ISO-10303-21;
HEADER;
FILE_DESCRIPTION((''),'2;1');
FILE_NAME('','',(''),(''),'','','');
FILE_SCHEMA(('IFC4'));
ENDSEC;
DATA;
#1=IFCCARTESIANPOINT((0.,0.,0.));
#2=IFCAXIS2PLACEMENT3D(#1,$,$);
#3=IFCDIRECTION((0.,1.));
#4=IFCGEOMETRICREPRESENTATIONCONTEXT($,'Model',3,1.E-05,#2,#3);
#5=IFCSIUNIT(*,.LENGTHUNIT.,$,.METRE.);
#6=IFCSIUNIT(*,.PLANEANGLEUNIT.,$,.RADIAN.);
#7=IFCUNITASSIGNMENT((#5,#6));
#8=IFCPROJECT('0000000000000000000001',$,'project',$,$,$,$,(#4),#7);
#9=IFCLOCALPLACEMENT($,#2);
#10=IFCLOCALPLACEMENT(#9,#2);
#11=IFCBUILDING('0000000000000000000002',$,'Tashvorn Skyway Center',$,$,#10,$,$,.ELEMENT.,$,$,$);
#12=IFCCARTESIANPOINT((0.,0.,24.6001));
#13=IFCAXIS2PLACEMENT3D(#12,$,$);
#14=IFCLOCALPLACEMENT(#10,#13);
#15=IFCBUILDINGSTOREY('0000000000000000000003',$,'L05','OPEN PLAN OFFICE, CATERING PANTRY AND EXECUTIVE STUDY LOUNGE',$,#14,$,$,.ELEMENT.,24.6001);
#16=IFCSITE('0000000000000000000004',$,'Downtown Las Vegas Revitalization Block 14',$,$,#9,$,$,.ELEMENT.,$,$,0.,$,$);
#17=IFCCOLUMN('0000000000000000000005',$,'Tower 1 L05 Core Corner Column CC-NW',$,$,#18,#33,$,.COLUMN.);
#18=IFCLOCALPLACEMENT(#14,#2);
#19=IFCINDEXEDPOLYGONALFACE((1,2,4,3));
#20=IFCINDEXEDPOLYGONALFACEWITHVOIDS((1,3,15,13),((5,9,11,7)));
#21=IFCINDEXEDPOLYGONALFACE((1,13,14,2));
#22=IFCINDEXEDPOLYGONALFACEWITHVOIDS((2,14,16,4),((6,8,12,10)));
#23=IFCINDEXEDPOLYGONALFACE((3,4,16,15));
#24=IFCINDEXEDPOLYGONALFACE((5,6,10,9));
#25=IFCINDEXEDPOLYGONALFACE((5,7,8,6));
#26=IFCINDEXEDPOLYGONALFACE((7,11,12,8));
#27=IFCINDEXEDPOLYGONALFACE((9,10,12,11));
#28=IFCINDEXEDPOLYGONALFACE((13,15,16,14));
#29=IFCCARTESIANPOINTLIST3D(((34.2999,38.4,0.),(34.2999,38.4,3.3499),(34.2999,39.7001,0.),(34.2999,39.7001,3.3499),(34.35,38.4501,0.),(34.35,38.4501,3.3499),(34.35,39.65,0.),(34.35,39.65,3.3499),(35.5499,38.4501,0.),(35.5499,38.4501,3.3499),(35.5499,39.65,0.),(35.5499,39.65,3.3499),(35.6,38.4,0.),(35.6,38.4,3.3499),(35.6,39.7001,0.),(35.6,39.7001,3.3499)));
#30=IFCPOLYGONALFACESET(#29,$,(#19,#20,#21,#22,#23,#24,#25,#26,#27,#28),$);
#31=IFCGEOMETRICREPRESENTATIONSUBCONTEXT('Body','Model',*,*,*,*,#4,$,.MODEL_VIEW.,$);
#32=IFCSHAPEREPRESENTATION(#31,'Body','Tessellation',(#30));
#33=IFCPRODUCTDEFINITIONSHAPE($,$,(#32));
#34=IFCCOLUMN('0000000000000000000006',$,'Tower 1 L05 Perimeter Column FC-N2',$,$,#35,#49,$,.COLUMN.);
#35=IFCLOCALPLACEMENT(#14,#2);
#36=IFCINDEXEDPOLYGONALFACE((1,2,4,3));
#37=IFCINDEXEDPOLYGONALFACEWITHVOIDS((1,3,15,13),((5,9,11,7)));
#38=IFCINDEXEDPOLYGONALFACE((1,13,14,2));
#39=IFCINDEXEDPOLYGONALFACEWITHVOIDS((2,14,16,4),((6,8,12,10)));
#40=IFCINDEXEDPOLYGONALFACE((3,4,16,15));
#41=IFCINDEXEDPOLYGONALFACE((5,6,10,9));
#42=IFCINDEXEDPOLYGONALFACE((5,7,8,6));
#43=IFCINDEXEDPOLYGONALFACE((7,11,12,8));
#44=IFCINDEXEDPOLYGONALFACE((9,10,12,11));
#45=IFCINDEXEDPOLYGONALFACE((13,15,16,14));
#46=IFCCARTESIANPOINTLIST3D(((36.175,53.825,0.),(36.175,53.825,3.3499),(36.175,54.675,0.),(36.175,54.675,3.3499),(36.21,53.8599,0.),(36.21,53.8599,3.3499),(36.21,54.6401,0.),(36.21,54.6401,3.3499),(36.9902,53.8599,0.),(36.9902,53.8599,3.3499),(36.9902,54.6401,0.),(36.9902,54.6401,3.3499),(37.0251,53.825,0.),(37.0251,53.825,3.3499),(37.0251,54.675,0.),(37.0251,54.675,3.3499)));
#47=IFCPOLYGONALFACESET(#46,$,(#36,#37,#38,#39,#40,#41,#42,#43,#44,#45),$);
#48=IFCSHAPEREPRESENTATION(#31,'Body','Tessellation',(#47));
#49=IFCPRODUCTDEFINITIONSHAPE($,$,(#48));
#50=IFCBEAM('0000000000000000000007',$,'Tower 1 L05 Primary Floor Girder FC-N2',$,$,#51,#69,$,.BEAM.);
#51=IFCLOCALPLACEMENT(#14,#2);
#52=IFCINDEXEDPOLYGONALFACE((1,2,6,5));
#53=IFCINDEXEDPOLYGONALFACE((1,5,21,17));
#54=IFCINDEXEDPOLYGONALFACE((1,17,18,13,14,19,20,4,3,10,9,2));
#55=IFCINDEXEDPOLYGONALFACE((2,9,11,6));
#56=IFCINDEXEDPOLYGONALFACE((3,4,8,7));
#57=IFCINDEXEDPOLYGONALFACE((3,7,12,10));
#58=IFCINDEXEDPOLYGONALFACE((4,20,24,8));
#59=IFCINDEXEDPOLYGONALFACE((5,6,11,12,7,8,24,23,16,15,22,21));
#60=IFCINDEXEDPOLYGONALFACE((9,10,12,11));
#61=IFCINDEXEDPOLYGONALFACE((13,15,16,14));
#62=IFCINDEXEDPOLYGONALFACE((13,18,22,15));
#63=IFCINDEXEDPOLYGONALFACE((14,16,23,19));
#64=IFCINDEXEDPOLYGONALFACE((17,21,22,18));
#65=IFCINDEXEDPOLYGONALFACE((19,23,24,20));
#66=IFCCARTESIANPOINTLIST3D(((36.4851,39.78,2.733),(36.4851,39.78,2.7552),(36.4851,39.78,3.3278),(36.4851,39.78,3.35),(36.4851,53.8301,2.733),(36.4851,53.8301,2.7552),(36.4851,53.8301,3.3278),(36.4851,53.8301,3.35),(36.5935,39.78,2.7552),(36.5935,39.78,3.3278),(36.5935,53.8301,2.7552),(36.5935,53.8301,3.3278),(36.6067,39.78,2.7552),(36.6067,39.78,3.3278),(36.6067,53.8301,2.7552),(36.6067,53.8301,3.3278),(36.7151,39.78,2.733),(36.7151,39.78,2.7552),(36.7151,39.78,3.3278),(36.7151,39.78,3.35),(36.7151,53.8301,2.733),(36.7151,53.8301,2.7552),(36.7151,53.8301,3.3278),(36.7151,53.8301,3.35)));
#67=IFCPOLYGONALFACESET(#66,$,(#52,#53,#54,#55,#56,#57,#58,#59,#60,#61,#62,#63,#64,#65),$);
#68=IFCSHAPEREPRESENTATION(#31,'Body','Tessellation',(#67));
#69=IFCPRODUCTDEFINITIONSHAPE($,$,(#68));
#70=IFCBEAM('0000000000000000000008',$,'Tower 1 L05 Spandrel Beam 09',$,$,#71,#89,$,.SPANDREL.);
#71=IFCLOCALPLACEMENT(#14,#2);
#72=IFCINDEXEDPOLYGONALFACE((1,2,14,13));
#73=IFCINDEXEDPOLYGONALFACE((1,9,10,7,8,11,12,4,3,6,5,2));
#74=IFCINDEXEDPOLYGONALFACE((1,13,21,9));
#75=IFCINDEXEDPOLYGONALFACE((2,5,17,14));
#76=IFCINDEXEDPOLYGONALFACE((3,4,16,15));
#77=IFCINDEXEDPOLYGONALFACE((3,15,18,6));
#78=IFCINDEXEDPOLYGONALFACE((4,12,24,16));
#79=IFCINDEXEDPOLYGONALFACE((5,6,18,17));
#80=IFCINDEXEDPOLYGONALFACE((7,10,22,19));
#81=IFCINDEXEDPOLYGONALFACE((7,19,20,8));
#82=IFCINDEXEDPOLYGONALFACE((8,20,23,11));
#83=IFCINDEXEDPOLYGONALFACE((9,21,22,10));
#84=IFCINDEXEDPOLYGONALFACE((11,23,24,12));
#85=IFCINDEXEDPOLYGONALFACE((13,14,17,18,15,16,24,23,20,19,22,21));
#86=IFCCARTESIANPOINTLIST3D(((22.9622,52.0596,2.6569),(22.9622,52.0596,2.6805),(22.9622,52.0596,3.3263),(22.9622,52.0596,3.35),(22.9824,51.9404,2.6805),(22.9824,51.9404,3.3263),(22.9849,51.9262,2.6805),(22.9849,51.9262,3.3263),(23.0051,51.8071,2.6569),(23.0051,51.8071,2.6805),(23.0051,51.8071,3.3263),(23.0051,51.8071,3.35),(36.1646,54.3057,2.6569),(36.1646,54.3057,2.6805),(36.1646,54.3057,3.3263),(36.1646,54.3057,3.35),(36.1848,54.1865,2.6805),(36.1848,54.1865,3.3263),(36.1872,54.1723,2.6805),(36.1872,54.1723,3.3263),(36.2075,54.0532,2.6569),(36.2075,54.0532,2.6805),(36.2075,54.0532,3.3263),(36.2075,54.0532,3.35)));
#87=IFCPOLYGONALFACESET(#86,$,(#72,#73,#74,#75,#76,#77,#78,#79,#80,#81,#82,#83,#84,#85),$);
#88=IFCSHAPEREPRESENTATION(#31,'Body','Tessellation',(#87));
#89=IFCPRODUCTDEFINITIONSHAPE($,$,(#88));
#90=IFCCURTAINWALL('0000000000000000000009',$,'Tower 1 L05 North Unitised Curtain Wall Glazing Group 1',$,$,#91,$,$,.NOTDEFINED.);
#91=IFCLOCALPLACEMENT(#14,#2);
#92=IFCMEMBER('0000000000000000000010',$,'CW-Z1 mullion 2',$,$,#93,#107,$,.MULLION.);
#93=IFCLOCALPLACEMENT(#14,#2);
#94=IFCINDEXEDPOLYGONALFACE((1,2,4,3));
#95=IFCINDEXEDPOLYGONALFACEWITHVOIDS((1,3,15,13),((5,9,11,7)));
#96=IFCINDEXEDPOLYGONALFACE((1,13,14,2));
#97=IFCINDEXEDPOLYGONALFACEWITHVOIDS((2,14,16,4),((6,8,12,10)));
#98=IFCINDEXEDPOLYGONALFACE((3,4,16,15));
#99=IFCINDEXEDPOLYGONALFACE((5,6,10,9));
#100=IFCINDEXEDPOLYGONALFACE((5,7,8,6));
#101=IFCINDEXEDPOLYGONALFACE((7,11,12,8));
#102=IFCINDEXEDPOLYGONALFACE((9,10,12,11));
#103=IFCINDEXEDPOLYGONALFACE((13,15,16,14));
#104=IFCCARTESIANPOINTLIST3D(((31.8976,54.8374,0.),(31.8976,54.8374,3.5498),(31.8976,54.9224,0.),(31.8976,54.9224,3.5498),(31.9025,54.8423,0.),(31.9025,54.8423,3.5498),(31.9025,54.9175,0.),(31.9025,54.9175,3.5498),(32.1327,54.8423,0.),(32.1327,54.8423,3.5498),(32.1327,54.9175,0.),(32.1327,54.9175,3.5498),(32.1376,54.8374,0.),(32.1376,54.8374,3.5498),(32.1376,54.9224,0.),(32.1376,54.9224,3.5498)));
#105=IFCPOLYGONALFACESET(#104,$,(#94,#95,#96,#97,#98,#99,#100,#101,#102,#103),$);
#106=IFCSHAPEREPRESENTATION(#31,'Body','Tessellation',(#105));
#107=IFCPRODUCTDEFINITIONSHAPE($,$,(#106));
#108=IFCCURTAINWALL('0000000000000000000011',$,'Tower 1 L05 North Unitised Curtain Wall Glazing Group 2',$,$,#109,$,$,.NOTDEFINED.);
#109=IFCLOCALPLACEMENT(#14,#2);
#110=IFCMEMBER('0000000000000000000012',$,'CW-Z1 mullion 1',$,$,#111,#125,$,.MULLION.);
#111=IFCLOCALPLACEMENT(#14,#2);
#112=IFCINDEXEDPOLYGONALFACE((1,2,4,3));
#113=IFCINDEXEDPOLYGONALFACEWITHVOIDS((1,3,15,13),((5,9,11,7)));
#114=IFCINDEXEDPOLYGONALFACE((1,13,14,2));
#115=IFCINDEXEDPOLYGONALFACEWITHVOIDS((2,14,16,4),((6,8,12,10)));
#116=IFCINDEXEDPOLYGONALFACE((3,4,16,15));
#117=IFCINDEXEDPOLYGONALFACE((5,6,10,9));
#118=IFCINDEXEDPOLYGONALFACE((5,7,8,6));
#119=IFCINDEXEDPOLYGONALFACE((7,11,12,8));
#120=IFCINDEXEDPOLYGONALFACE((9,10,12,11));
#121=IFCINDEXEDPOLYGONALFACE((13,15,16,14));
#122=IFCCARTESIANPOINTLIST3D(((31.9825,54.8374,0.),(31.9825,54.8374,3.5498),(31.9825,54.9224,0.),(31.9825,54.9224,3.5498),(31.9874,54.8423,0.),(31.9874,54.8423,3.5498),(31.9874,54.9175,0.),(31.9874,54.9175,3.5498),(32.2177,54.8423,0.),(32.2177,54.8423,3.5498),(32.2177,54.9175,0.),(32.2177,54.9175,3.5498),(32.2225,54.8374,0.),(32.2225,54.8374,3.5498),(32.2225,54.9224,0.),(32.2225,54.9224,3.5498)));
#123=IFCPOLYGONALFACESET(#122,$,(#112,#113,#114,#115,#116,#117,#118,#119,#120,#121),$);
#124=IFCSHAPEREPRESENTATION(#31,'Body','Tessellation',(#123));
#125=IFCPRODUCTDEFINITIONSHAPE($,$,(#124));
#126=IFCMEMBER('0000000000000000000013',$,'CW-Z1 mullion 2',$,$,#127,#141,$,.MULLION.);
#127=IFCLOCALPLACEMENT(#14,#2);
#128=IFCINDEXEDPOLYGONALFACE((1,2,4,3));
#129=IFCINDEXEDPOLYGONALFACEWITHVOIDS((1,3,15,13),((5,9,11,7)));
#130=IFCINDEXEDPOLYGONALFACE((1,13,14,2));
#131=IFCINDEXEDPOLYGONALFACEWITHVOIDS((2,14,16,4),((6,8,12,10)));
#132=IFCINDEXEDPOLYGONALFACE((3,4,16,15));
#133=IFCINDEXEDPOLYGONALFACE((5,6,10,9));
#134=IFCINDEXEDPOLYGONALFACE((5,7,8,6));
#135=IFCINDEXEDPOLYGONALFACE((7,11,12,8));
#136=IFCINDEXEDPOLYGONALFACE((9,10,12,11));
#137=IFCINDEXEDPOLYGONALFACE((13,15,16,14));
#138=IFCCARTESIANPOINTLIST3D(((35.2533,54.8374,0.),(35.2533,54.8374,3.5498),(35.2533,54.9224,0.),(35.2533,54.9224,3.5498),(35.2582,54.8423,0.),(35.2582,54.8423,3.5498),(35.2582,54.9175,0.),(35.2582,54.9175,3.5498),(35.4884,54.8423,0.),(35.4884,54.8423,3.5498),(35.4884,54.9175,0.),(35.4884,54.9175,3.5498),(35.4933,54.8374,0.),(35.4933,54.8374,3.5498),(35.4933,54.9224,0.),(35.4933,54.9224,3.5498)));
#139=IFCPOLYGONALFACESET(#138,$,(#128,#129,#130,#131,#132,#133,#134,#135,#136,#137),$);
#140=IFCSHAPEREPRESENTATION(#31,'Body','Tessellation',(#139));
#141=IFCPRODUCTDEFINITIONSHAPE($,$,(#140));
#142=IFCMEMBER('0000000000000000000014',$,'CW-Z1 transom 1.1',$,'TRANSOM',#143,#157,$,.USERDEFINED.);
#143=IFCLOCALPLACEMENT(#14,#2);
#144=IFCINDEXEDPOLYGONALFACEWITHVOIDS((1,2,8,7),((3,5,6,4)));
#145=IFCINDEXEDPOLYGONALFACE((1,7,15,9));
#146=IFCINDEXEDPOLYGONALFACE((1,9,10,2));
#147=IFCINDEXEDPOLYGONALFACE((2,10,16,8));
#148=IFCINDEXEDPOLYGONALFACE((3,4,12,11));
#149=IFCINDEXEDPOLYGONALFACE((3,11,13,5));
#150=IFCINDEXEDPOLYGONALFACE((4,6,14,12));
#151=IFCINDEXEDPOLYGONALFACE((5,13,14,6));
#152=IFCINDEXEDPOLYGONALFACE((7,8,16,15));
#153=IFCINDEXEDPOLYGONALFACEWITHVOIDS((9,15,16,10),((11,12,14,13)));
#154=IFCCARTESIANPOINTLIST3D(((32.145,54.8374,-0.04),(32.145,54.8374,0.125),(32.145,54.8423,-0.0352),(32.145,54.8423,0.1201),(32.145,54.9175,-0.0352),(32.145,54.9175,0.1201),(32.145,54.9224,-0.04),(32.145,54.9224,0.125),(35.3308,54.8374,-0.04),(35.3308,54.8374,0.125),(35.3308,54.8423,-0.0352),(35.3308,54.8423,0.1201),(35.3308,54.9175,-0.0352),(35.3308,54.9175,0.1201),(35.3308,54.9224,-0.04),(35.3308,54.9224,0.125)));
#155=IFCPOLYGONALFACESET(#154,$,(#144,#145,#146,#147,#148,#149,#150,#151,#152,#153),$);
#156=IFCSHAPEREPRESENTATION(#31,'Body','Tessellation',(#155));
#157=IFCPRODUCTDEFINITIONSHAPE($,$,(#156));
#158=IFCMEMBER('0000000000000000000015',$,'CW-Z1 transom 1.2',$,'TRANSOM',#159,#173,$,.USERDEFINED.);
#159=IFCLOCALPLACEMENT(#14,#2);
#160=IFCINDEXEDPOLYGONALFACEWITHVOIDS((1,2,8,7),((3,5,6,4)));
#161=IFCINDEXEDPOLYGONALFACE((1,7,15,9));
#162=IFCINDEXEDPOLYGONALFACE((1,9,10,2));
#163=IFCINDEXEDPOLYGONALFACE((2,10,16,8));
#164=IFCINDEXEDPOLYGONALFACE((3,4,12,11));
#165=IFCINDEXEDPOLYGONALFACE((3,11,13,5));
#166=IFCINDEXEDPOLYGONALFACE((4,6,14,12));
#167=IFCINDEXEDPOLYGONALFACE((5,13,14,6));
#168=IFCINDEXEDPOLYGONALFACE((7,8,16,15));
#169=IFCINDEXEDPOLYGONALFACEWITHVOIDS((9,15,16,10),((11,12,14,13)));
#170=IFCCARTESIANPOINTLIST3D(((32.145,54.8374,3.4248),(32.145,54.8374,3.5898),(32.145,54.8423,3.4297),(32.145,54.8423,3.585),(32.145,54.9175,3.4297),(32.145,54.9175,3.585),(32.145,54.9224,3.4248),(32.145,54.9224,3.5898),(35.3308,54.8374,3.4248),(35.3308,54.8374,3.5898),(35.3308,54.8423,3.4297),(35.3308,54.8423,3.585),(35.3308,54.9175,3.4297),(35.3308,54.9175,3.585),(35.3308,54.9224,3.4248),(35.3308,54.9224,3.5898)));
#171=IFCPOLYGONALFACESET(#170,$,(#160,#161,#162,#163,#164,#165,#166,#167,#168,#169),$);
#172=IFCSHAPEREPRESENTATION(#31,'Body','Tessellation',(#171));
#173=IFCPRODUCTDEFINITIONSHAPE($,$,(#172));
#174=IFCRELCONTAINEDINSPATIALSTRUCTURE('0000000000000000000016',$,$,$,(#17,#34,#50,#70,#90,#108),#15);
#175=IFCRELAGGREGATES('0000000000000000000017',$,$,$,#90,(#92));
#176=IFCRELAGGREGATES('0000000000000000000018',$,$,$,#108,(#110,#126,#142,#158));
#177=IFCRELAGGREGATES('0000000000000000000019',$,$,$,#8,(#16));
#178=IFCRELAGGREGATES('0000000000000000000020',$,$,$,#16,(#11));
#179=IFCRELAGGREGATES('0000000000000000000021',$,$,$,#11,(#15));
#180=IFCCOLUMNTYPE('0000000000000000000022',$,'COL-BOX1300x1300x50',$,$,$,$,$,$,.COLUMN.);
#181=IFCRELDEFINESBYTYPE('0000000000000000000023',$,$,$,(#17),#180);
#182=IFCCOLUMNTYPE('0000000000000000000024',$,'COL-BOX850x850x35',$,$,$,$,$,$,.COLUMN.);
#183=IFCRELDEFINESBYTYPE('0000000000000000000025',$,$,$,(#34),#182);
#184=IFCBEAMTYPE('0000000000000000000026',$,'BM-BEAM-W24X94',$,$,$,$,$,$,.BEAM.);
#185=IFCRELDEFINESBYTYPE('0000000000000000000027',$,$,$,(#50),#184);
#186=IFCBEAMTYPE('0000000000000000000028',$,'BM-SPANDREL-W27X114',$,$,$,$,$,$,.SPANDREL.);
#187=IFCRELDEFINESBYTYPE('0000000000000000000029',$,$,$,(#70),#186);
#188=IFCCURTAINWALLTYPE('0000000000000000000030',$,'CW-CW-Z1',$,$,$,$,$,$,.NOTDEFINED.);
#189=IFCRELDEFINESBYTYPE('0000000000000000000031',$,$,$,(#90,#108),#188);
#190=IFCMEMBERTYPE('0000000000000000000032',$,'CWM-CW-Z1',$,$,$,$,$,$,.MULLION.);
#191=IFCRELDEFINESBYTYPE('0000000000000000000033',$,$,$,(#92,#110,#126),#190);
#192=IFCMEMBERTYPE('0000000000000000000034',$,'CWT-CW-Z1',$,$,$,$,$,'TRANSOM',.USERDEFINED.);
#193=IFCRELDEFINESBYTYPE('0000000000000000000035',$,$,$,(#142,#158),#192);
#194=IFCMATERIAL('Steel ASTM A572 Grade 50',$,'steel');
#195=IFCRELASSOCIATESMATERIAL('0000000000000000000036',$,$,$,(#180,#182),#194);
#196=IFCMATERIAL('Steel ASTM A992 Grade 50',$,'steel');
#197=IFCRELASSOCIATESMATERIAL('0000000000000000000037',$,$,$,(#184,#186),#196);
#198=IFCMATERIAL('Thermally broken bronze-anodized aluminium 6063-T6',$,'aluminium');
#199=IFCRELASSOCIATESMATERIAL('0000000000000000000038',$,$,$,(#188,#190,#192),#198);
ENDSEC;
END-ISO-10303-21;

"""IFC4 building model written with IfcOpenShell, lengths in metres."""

from ifc_helpers import new_model, si_unit, direction, frame, origin, origin_2d, place, context, subcontext, project, spatial, hollow_rectangle, i_section, extrude, material, material_profile, profile_set, type_object, element, aggregate, save


model = new_model("IFC4")

# Units and contexts
model_context = context("Model", 3, precision=1e-05, world=origin(), true_north=direction((0.0, 1.0)))
body_context = subcontext(model_context, "Body", "Model", "MODEL_VIEW")
ifc_project = project(units=[si_unit("LENGTHUNIT", "METRE"), si_unit("PLANEANGLEUNIT", "RADIAN")], contexts=[model_context])

# Site, building, storey
site_placement = place(None, origin())
site = spatial("IfcSite", under=ifc_project, at=site_placement, Name="Downtown Las Vegas Revitalization Block 14", CompositionType="ELEMENT", RefElevation=0.0)
building_placement = place(site_placement, origin())
building = spatial("IfcBuilding", under=site, at=building_placement, Name="Tashvorn Skyway Center", CompositionType="ELEMENT")
storey_placement = place(building_placement, frame((0.0, 0.0, 24.6001)))
storey = spatial("IfcBuildingStorey", under=building, at=storey_placement, Name="L05", Description="OPEN PLAN OFFICE, CATERING PANTRY AND EXECUTIVE STUDY LOUNGE", CompositionType="ELEMENT", Elevation=24.6001)

# Columns
ifc_material_1 = material(Name="Steel ASTM A572 Grade 50", Category="steel")
ifc_material_profile_1 = material_profile(ifc_material_1, hollow_rectangle(XDim=1.3, YDim=1.3, WallThickness=0.05, at=origin_2d()), Name="BOX1300x1300x50")
ifc_profile_set_1 = profile_set([ifc_material_profile_1], Name="Steel ASTM A572 Grade 50")
column_type_1 = type_object("IfcColumnType", Name="COL-BOX1300x1300x50", PredefinedType="COLUMN", material=ifc_profile_set_1)
column_1_placement = place(storey_placement, frame((34.95, 39.05, 0.0), z_axis=(0.0, 0.0, 1.0), x_axis=(1.0, 0.0, 0.0)))
element("IfcColumn", 1, at=column_1_placement, inside=storey, type_object=column_type_1, Name="Tower 1 L05 Core Corner Column CC-NW", PredefinedType="COLUMN", context=body_context, shape_type="SweptSolid", body=[
    extrude(hollow_rectangle(XDim=1.3, YDim=1.3, WallThickness=0.05, at=origin_2d()), origin(), (0.0, 0.0, 1.0), 3.3499),
])
ifc_material_profile_2 = material_profile(ifc_material_1, hollow_rectangle(XDim=0.8501, YDim=0.8501, WallThickness=0.0349, at=origin_2d()), Name="BOX850x850x35")
ifc_profile_set_2 = profile_set([ifc_material_profile_2], Name="Steel ASTM A572 Grade 50")
column_type_2 = type_object("IfcColumnType", Name="COL-BOX850x850x35", PredefinedType="COLUMN", material=ifc_profile_set_2)
column_2_placement = place(storey_placement, frame((36.6001, 54.25, 0.0), z_axis=(0.0, 0.0, 1.0), x_axis=(1.0, 0.0, 0.0)))
element("IfcColumn", 2, at=column_2_placement, inside=storey, type_object=column_type_2, Name="Tower 1 L05 Perimeter Column FC-N2", PredefinedType="COLUMN", context=body_context, shape_type="SweptSolid", body=[
    extrude(hollow_rectangle(XDim=0.8501, YDim=0.8501, WallThickness=0.0349, at=origin_2d()), origin(), (0.0, 0.0, 1.0), 3.3499),
])

# Beams
ifc_material_2 = material(Name="Steel ASTM A992 Grade 50", Category="steel")
ifc_material_profile_3 = material_profile(ifc_material_2, i_section(OverallWidth=0.23, OverallDepth=0.6169, WebThickness=0.0132, FlangeThickness=0.0222, at=origin_2d()), Name="W24X94")
ifc_profile_set_3 = profile_set([ifc_material_profile_3], Name="Steel ASTM A992 Grade 50")
beam_type_1 = type_object("IfcBeamType", Name="BM-BEAM-W24X94", PredefinedType="BEAM", material=ifc_profile_set_3)
beam_1_placement = place(storey_placement, frame((36.6001, 53.8301, 3.0415), z_axis=(0.0, -1.0, 0.0), x_axis=(1.0, 0.0, 0.0)))
element("IfcBeam", 3, at=beam_1_placement, inside=storey, type_object=beam_type_1, Name="Tower 1 L05 Primary Floor Girder FC-N2", PredefinedType="BEAM", context=body_context, shape_type="SweptSolid", body=[
    extrude(i_section(OverallWidth=0.23, OverallDepth=0.6169, WebThickness=0.0132, FlangeThickness=0.0222, at=origin_2d()), origin(), (0.0, 0.0, 1.0), 14.05),
])
ifc_material_profile_4 = material_profile(ifc_material_2, i_section(OverallWidth=0.2561, OverallDepth=0.6931, WebThickness=0.0144, FlangeThickness=0.0237, at=origin_2d()), Name="W27X114")
ifc_profile_set_4 = profile_set([ifc_material_profile_4], Name="Steel ASTM A992 Grade 50")
beam_type_2 = type_object("IfcBeamType", Name="BM-SPANDREL-W27X114", PredefinedType="SPANDREL", material=ifc_profile_set_4)
beam_2_placement = place(storey_placement, frame((36.186, 54.1794, 3.0034), z_axis=(-0.985835, -0.167718, 0.0), x_axis=(0.167718, -0.985835, 0.0)))
element("IfcBeam", 4, at=beam_2_placement, inside=storey, type_object=beam_type_2, Name="Tower 1 L05 Spandrel Beam 09", PredefinedType="SPANDREL", context=body_context, shape_type="SweptSolid", body=[
    extrude(i_section(OverallWidth=0.2561, OverallDepth=0.6931, WebThickness=0.0144, FlangeThickness=0.0237, at=origin_2d()), origin(), (0.0, 0.0, 1.0), 13.3921),
])

# Curtain wall, member
ifc_material_3 = material(Name="Thermally broken bronze-anodized aluminium 6063-T6", Category="aluminium")
curtain_wall_type = type_object("IfcCurtainWallType", Name="CW-CW-Z1", PredefinedType="NOTDEFINED", material=ifc_material_3)
curtain_wall_1_placement = place(storey_placement, origin())
curtain_wall_1 = element("IfcCurtainWall", 5, at=curtain_wall_1_placement, inside=storey, type_object=curtain_wall_type, Name="Tower 1 L05 North Unitised Curtain Wall Glazing Group 1", PredefinedType="NOTDEFINED")
ifc_material_profile_5 = material_profile(ifc_material_3, hollow_rectangle(XDim=0.085, YDim=0.24, WallThickness=0.0049, at=origin_2d()), Name="ALU-MULL-85x240")
ifc_profile_set_5 = profile_set([ifc_material_profile_5], Name="Thermally broken bronze-anodized aluminium 6063-T6")
member_type_1 = type_object("IfcMemberType", Name="CWM-CW-Z1", PredefinedType="MULLION", material=ifc_profile_set_5)
member_1_placement = place(storey_placement, frame((32.0176, 54.8799, 0.0), z_axis=(0.0, 0.0, 1.0), x_axis=(0.0, 1.0, 0.0)))
member_1 = element("IfcMember", 6, at=member_1_placement, type_object=member_type_1, Name="CW-Z1 mullion 2", PredefinedType="MULLION", context=body_context, shape_type="SweptSolid", body=[
    extrude(hollow_rectangle(XDim=0.085, YDim=0.24, WallThickness=0.0049, at=origin_2d()), origin(), (0.0, 0.0, 1.0), 3.5498),
])
aggregate(curtain_wall_1, [member_1])

# Curtain wall, members
curtain_wall_2_placement = place(storey_placement, origin())
curtain_wall_2 = element("IfcCurtainWall", 7, at=curtain_wall_2_placement, inside=storey, type_object=curtain_wall_type, Name="Tower 1 L05 North Unitised Curtain Wall Glazing Group 2", PredefinedType="NOTDEFINED")
member_2_placement = place(storey_placement, frame((32.1025, 54.8799, 0.0), z_axis=(0.0, 0.0, 1.0), x_axis=(0.0, 1.0, 0.0)))
member_2 = element("IfcMember", 8, at=member_2_placement, type_object=member_type_1, Name="CW-Z1 mullion 1", PredefinedType="MULLION", context=body_context, shape_type="SweptSolid", body=[
    extrude(hollow_rectangle(XDim=0.085, YDim=0.24, WallThickness=0.0049, at=origin_2d()), origin(), (0.0, 0.0, 1.0), 3.5498),
])
member_3_placement = place(storey_placement, frame((35.3733, 54.8799, 0.0), z_axis=(0.0, 0.0, 1.0), x_axis=(0.0, 1.0, 0.0)))
member_3 = element("IfcMember", 9, at=member_3_placement, type_object=member_type_1, Name="CW-Z1 mullion 2", PredefinedType="MULLION", context=body_context, shape_type="SweptSolid", body=[
    extrude(hollow_rectangle(XDim=0.085, YDim=0.24, WallThickness=0.0049, at=origin_2d()), origin(), (0.0, 0.0, 1.0), 3.5498),
])
ifc_material_profile_6 = material_profile(ifc_material_3, hollow_rectangle(XDim=0.085, YDim=0.165, WallThickness=0.0049, at=origin_2d()), Name="ALU-TRAN-85x165")
ifc_profile_set_6 = profile_set([ifc_material_profile_6], Name="Thermally broken bronze-anodized aluminium 6063-T6")
member_type_2 = type_object("IfcMemberType", Name="CWT-CW-Z1", ElementType="TRANSOM", PredefinedType="USERDEFINED", material=ifc_profile_set_6)
member_4_placement = place(storey_placement, frame((32.145, 54.8799, 0.0425), z_axis=(1.0, 0.0, 0.0), x_axis=(0.0, 1.0, 0.0)))
member_4 = element("IfcMember", 10, at=member_4_placement, type_object=member_type_2, Name="CW-Z1 transom 1.1", ObjectType="TRANSOM", PredefinedType="USERDEFINED", context=body_context, shape_type="SweptSolid", body=[
    extrude(hollow_rectangle(XDim=0.085, YDim=0.165, WallThickness=0.0049, at=origin_2d()), origin(), (0.0, 0.0, 1.0), 3.1858),
])
member_5_placement = place(storey_placement, frame((32.145, 54.8799, 3.5073), z_axis=(1.0, 0.0, 0.0), x_axis=(0.0, 1.0, 0.0)))
member_5 = element("IfcMember", 11, at=member_5_placement, type_object=member_type_2, Name="CW-Z1 transom 1.2", ObjectType="TRANSOM", PredefinedType="USERDEFINED", context=body_context, shape_type="SweptSolid", body=[
    extrude(hollow_rectangle(XDim=0.085, YDim=0.165, WallThickness=0.0049, at=origin_2d()), origin(), (0.0, 0.0, 1.0), 3.1858),
])
aggregate(curtain_wall_2, [member_2, member_3, member_4, member_5])

save(model, "model.ifc")
